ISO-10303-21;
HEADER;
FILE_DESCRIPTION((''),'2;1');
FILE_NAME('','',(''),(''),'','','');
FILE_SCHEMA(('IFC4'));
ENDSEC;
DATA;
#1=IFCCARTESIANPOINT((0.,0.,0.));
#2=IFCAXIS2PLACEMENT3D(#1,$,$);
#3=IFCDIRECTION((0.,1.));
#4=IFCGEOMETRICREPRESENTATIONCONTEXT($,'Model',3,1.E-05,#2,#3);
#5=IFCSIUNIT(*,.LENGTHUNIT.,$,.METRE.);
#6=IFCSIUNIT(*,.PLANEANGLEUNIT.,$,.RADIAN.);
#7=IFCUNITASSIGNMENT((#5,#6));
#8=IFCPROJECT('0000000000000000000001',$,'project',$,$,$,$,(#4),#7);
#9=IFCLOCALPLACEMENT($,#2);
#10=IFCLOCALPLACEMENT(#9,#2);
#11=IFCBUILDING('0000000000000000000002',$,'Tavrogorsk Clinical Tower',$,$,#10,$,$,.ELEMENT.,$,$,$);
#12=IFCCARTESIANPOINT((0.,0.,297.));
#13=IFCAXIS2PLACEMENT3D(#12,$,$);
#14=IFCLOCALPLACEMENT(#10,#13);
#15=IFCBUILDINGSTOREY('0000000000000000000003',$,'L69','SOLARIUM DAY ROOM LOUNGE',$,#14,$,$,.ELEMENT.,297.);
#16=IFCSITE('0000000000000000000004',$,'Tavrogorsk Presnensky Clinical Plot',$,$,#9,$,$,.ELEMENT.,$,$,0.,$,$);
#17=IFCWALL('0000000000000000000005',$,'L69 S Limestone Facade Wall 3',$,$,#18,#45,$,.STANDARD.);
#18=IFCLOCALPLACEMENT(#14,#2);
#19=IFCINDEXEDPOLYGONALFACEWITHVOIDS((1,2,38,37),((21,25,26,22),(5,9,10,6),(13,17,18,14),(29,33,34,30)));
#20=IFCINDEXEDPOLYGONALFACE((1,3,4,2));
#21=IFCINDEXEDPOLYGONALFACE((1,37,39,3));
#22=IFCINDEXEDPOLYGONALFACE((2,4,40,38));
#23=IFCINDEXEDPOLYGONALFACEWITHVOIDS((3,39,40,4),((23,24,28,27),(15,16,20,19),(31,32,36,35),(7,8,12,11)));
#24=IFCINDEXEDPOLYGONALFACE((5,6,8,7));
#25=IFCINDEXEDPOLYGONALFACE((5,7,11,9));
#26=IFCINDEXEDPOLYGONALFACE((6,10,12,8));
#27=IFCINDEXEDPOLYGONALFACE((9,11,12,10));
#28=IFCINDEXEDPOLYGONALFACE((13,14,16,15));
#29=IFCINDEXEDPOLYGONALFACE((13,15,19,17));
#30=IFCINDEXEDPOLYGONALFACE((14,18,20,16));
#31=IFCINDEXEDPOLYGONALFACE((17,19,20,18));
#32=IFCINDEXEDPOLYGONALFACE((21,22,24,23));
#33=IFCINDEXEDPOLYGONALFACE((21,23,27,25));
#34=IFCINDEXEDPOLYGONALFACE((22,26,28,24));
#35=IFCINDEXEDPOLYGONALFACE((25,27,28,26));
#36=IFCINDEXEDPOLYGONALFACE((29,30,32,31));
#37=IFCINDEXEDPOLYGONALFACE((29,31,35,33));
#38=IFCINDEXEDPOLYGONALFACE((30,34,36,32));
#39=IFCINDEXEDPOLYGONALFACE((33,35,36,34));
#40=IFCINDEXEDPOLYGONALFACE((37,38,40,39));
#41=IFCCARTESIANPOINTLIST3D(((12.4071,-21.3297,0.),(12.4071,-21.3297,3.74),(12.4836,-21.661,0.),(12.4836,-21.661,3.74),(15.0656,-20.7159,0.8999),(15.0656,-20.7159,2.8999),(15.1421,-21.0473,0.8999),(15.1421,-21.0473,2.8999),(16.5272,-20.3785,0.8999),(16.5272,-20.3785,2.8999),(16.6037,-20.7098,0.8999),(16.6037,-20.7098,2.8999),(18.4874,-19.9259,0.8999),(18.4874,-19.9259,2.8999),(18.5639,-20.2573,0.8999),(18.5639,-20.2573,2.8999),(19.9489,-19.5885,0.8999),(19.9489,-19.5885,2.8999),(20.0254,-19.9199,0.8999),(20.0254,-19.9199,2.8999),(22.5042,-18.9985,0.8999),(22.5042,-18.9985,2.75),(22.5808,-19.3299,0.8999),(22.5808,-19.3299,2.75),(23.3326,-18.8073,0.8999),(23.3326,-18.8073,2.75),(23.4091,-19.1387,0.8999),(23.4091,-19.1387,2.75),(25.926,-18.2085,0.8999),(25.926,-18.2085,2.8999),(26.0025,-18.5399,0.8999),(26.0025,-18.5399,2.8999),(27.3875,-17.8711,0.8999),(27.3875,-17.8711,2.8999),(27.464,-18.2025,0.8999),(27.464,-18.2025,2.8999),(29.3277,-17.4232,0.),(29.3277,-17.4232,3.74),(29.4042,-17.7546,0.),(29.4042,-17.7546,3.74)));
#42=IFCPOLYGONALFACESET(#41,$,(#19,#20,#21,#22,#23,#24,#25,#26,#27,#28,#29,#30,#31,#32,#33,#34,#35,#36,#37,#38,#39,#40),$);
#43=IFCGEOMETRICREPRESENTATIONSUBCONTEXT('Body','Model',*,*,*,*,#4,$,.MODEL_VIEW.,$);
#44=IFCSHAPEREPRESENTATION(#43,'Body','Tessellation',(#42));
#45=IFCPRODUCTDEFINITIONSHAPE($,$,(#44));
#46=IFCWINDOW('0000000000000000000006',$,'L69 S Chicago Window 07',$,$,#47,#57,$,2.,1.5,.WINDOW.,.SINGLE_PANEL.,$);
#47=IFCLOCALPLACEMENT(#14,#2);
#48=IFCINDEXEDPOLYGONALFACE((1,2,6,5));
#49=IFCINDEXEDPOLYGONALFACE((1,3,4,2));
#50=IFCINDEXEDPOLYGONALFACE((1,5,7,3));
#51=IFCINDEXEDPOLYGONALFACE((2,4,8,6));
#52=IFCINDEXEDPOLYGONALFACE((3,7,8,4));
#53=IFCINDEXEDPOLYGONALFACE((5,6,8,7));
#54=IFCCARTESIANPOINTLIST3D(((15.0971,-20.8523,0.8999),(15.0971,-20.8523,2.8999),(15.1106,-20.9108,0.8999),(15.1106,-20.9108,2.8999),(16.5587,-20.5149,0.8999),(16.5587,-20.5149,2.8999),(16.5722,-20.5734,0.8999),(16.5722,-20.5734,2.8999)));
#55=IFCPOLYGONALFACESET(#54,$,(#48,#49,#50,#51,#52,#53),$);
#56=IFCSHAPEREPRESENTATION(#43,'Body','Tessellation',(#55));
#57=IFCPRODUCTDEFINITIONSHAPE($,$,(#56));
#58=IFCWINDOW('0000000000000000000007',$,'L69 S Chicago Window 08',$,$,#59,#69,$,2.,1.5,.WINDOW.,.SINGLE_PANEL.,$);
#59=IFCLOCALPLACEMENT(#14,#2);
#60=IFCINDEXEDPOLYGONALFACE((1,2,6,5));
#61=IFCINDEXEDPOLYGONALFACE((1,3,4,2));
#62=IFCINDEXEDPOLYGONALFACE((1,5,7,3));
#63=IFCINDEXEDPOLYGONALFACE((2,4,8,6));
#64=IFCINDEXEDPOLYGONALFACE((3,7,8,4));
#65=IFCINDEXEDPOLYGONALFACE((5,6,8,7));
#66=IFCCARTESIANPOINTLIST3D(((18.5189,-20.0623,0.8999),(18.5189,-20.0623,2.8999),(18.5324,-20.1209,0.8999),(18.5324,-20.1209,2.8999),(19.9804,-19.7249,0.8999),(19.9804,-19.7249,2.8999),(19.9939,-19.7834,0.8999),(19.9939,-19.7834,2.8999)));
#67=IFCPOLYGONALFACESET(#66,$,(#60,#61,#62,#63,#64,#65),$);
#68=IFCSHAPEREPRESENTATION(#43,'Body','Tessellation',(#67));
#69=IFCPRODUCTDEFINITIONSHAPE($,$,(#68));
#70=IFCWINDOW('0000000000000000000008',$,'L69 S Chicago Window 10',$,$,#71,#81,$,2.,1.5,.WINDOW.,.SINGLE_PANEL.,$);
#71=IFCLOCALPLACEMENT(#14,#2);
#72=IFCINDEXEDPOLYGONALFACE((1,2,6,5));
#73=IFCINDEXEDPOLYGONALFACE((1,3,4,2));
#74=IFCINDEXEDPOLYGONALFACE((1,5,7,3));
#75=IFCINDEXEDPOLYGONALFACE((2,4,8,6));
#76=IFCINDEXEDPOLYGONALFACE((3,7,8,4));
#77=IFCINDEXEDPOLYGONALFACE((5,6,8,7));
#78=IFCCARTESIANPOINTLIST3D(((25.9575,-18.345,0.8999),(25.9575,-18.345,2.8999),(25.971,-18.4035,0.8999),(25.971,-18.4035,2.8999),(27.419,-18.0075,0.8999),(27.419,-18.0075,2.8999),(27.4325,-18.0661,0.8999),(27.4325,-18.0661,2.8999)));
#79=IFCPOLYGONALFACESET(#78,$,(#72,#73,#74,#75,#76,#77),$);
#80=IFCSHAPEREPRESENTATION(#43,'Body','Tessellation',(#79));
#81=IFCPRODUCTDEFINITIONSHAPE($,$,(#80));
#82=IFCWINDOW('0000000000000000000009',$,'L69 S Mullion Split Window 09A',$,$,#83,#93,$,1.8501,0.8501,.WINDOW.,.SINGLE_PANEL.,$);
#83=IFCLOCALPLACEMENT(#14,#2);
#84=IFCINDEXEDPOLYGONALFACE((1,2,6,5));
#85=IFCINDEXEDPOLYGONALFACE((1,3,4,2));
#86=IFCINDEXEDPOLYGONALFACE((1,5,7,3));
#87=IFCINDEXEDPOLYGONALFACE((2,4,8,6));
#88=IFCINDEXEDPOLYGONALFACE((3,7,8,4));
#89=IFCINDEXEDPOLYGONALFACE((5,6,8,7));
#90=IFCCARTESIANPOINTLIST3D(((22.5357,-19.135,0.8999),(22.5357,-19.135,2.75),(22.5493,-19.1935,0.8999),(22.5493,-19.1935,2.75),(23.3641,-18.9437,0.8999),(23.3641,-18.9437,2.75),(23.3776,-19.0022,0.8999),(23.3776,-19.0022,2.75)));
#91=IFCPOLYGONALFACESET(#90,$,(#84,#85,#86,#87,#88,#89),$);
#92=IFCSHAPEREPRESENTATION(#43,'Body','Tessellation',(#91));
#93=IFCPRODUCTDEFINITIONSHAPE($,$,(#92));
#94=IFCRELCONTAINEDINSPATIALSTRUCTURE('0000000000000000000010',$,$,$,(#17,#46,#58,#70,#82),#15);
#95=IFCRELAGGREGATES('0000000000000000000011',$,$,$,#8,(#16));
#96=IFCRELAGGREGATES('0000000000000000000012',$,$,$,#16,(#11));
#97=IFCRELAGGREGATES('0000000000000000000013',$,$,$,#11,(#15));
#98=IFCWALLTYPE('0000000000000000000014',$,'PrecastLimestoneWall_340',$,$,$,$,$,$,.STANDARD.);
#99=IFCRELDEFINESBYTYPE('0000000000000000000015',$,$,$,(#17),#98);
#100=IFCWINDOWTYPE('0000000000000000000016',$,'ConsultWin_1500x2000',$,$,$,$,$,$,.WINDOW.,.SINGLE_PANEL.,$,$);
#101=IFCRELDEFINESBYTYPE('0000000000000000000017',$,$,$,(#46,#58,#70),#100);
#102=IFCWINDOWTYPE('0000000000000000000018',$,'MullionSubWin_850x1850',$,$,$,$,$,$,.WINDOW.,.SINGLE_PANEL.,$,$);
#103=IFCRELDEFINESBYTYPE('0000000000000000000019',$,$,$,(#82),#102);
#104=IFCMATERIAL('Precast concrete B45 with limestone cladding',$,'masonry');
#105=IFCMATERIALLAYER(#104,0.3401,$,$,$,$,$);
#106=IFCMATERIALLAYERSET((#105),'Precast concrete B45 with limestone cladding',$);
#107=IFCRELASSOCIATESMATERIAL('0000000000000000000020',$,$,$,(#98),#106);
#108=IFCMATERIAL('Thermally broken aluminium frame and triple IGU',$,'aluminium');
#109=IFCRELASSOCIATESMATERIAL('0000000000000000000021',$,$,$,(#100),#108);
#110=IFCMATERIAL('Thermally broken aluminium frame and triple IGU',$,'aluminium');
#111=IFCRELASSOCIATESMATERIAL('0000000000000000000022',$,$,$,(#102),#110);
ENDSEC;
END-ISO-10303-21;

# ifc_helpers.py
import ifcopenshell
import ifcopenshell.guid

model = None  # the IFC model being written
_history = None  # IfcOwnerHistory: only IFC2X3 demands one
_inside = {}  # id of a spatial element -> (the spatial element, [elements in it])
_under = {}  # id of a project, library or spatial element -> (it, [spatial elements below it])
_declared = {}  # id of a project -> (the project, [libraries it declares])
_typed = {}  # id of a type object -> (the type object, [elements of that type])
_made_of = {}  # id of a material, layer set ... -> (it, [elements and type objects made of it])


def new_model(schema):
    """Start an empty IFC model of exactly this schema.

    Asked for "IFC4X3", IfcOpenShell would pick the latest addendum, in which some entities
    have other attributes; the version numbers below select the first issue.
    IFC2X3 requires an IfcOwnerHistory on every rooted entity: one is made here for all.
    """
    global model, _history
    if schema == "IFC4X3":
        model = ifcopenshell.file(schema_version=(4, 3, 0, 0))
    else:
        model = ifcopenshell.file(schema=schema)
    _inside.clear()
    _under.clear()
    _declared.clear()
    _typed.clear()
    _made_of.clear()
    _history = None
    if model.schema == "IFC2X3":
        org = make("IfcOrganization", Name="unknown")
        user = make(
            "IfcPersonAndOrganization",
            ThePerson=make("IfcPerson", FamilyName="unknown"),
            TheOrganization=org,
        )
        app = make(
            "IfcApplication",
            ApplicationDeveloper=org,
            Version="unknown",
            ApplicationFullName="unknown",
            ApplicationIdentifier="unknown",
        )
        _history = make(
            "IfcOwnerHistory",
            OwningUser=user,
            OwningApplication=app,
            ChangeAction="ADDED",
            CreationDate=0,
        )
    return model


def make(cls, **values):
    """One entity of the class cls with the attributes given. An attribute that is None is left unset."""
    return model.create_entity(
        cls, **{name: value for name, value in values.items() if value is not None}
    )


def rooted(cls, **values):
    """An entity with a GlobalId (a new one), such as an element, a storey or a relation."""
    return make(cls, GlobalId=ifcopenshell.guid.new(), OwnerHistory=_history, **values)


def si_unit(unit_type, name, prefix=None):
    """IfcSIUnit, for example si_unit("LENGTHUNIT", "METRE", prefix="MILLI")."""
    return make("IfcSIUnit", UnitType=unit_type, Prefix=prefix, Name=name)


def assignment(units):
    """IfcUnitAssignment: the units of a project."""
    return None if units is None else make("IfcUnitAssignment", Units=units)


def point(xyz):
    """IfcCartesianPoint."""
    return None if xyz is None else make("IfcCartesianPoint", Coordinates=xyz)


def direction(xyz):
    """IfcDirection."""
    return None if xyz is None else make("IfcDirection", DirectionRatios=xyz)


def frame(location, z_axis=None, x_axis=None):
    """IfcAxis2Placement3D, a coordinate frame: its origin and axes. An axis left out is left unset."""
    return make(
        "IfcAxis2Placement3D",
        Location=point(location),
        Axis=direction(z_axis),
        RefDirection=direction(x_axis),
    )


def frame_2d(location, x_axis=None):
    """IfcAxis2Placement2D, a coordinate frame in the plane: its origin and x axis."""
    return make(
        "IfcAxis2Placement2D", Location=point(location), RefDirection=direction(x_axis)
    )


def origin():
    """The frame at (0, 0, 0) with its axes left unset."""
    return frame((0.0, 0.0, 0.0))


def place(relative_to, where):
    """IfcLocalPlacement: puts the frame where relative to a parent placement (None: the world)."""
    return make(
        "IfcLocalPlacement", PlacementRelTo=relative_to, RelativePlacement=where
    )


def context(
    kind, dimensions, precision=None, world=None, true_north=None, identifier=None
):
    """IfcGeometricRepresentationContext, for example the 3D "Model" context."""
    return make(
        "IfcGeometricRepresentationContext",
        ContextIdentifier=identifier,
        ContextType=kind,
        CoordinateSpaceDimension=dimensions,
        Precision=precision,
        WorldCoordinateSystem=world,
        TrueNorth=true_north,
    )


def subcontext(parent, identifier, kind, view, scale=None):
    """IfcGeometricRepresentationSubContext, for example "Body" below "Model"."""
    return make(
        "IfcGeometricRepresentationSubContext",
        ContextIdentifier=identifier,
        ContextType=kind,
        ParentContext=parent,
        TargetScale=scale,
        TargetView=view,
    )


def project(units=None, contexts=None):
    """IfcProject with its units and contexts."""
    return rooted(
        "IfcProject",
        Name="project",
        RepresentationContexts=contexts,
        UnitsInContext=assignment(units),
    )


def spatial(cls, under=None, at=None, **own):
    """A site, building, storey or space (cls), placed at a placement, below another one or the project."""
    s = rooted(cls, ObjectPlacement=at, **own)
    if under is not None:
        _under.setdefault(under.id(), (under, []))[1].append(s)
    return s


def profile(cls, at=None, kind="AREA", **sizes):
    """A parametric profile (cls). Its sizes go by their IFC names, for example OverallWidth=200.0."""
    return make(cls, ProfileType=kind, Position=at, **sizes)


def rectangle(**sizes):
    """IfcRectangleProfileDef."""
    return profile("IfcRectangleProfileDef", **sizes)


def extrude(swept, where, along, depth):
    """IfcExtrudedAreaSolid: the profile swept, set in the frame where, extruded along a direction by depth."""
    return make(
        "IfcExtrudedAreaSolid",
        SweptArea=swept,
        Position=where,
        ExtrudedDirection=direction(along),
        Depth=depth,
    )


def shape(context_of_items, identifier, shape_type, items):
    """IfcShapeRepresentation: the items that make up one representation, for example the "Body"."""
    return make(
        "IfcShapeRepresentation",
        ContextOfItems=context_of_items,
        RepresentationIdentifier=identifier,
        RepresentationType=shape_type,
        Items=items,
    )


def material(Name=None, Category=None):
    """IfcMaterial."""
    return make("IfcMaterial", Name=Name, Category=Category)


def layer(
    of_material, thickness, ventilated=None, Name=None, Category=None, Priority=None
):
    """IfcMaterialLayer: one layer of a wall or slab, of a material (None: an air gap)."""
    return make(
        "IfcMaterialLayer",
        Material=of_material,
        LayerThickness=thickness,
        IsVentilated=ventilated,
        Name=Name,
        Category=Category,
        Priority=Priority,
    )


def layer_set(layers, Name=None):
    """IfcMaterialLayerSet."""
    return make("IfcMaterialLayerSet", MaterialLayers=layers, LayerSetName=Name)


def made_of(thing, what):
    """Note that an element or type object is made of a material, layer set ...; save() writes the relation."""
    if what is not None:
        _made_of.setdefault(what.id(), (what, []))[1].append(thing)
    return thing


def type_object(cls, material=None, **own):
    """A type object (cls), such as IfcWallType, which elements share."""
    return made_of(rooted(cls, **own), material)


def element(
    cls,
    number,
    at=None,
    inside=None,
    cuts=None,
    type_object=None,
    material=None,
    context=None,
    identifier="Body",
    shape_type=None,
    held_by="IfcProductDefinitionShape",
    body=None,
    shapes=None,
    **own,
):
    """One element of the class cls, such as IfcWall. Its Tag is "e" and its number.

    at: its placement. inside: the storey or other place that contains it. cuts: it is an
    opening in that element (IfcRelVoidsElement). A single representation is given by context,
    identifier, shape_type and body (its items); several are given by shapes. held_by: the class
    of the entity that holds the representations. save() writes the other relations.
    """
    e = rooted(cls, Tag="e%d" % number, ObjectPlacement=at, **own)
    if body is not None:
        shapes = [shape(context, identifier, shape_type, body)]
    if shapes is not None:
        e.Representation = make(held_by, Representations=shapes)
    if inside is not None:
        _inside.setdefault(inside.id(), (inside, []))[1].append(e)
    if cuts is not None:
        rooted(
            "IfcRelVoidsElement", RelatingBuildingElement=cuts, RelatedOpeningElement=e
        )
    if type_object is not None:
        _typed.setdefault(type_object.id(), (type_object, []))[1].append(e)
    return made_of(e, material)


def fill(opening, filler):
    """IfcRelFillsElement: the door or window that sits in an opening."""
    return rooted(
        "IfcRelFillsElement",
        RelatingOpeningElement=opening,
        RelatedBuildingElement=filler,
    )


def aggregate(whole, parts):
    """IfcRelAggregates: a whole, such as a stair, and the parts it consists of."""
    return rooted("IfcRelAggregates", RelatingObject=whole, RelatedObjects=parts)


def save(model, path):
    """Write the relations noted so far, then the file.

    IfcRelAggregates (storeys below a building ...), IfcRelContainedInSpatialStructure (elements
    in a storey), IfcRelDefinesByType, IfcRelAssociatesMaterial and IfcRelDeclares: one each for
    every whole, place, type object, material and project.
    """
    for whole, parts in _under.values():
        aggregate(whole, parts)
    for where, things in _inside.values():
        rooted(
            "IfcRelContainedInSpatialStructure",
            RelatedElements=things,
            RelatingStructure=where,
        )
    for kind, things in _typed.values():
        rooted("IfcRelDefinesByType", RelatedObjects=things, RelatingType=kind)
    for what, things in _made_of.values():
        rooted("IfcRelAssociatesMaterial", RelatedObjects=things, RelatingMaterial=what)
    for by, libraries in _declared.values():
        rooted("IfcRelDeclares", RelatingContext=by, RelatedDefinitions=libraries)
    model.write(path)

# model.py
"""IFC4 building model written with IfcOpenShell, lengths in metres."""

from ifc_helpers import new_model, si_unit, direction, frame, frame_2d, origin, place, context, subcontext, project, spatial, rectangle, extrude, material, layer, layer_set, type_object, element, fill, save


model = new_model("IFC4")

# Units and contexts
model_context = context("Model", 3, precision=1e-05, world=origin(), true_north=direction((0.0, 1.0)))
body_context = subcontext(model_context, "Body", "Model", "MODEL_VIEW")
ifc_project = project(units=[si_unit("LENGTHUNIT", "METRE"), si_unit("PLANEANGLEUNIT", "RADIAN")], contexts=[model_context])

# Site, building, storey
site_placement = place(None, origin())
site = spatial("IfcSite", under=ifc_project, at=site_placement, Name="Tavrogorsk Presnensky Clinical Plot", CompositionType="ELEMENT", RefElevation=0.0)
building_placement = place(site_placement, origin())
building = spatial("IfcBuilding", under=site, at=building_placement, Name="Tavrogorsk Clinical Tower", CompositionType="ELEMENT")
storey_placement = place(building_placement, frame((0.0, 0.0, 297.0)))
storey = spatial("IfcBuildingStorey", under=building, at=storey_placement, Name="L69", Description="SOLARIUM DAY ROOM LOUNGE", CompositionType="ELEMENT", Elevation=297.0)

# Wall, openings, windows
ifc_material_1 = material(Name="Precast concrete B45 with limestone cladding", Category="masonry")
ifc_layer_1 = layer(ifc_material_1, 0.3401)
ifc_layer_set_1 = layer_set([ifc_layer_1], Name="Precast concrete B45 with limestone cladding")
wall_type_1 = type_object("IfcWallType", Name="PrecastLimestoneWall_340", PredefinedType="STANDARD", material=ifc_layer_set_1)
ifc_material_2 = material(Name="Thermally broken aluminium frame and triple IGU", Category="aluminium")
window_type_1 = type_object("IfcWindowType", Name="ConsultWin_1500x2000", PartitioningType="SINGLE_PANEL", PredefinedType="WINDOW", material=ifc_material_2)
wall_1_placement = place(storey_placement, frame((12.4453, -21.4954, 0.0), z_axis=(0.0, 0.0, 1.0), x_axis=(0.974369, 0.224954, 0.0)))
wall_1 = element("IfcWall", 1, at=wall_1_placement, inside=storey, type_object=wall_type_1, Name="L69 S Limestone Facade Wall 3", PredefinedType="STANDARD", context=body_context, shape_type="SweptSolid", body=[
    extrude(rectangle(XDim=17.3657, YDim=0.3401, at=frame_2d((8.6829, 0.0))), origin(), (0.0, 0.0, 1.0), 3.74),
])
opening_1_placement = place(wall_1_placement, frame((2.7285, 0.0, 0.8999)))
opening_1 = element("IfcOpeningElement", 2, at=opening_1_placement, cuts=wall_1, PredefinedType="OPENING", context=body_context, shape_type="SweptSolid", body=[
    extrude(rectangle(XDim=1.5, YDim=2.0, at=frame_2d((0.75, 1.0))), frame((0.0, 0.1799, 0.0), z_axis=(0.0, -1.0, 0.0), x_axis=(1.0, 0.0, 0.0)), (0.0, 0.0, 1.0), 0.3601),
])
opening_2_placement = place(wall_1_placement, frame((6.2402, 0.0, 0.8999)))
opening_2 = element("IfcOpeningElement", 3, at=opening_2_placement, cuts=wall_1, PredefinedType="OPENING", context=body_context, shape_type="SweptSolid", body=[
    extrude(rectangle(XDim=1.5, YDim=2.0, at=frame_2d((0.75, 1.0))), frame((0.0, 0.1799, 0.0), z_axis=(0.0, -1.0, 0.0), x_axis=(1.0, 0.0, 0.0)), (0.0, 0.0, 1.0), 0.3601),
])
opening_3_placement = place(wall_1_placement, frame((10.3628, 0.0, 0.8999)))
opening_3 = element("IfcOpeningElement", 4, at=opening_3_placement, cuts=wall_1, PredefinedType="OPENING", context=body_context, shape_type="SweptSolid", body=[
    extrude(rectangle(XDim=0.8501, YDim=1.8501, at=frame_2d((0.425, 0.925))), frame((0.0, 0.1799, 0.0), z_axis=(0.0, -1.0, 0.0), x_axis=(1.0, 0.0, 0.0)), (0.0, 0.0, 1.0), 0.3601),
])
opening_4_placement = place(wall_1_placement, frame((13.8745, 0.0, 0.8999)))
opening_4 = element("IfcOpeningElement", 5, at=opening_4_placement, cuts=wall_1, PredefinedType="OPENING", context=body_context, shape_type="SweptSolid", body=[
    extrude(rectangle(XDim=1.5, YDim=2.0, at=frame_2d((0.75, 1.0))), frame((0.0, 0.1799, 0.0), z_axis=(0.0, -1.0, 0.0), x_axis=(1.0, 0.0, 0.0)), (0.0, 0.0, 1.0), 0.3601),
])
window_1_placement = place(opening_1_placement, origin())
window_1 = element("IfcWindow", 6, at=window_1_placement, inside=storey, type_object=window_type_1, Name="L69 S Chicago Window 07", OverallHeight=2.0, OverallWidth=1.5, PartitioningType="SINGLE_PANEL", PredefinedType="WINDOW", context=body_context, shape_type="SweptSolid", body=[
    extrude(rectangle(XDim=1.5, YDim=2.0, at=frame_2d((0.75, 1.0))), frame((0.0, 0.03, 0.0), z_axis=(0.0, -1.0, 0.0), x_axis=(1.0, 0.0, 0.0)), (0.0, 0.0, 1.0), 0.0601),
])
fill(opening_1, window_1)
window_2_placement = place(opening_2_placement, origin())
window_2 = element("IfcWindow", 7, at=window_2_placement, inside=storey, type_object=window_type_1, Name="L69 S Chicago Window 08", OverallHeight=2.0, OverallWidth=1.5, PartitioningType="SINGLE_PANEL", PredefinedType="WINDOW", context=body_context, shape_type="SweptSolid", body=[
    extrude(rectangle(XDim=1.5, YDim=2.0, at=frame_2d((0.75, 1.0))), frame((0.0, 0.03, 0.0), z_axis=(0.0, -1.0, 0.0), x_axis=(1.0, 0.0, 0.0)), (0.0, 0.0, 1.0), 0.0601),
])
fill(opening_2, window_2)
window_3_placement = place(opening_4_placement, origin())
window_3 = element("IfcWindow", 8, at=window_3_placement, inside=storey, type_object=window_type_1, Name="L69 S Chicago Window 10", OverallHeight=2.0, OverallWidth=1.5, PartitioningType="SINGLE_PANEL", PredefinedType="WINDOW", context=body_context, shape_type="SweptSolid", body=[
    extrude(rectangle(XDim=1.5, YDim=2.0, at=frame_2d((0.75, 1.0))), frame((0.0, 0.03, 0.0), z_axis=(0.0, -1.0, 0.0), x_axis=(1.0, 0.0, 0.0)), (0.0, 0.0, 1.0), 0.0601),
])
fill(opening_4, window_3)
ifc_material_3 = material(Name="Thermally broken aluminium frame and triple IGU", Category="aluminium")
window_type_2 = type_object("IfcWindowType", Name="MullionSubWin_850x1850", PartitioningType="SINGLE_PANEL", PredefinedType="WINDOW", material=ifc_material_3)
window_4_placement = place(opening_3_placement, origin())
window_4 = element("IfcWindow", 9, at=window_4_placement, inside=storey, type_object=window_type_2, Name="L69 S Mullion Split Window 09A", OverallHeight=1.8501, OverallWidth=0.8501, PartitioningType="SINGLE_PANEL", PredefinedType="WINDOW", context=body_context, shape_type="SweptSolid", body=[
    extrude(rectangle(XDim=0.8501, YDim=1.8501, at=frame_2d((0.425, 0.925))), frame((0.0, 0.03, 0.0), z_axis=(0.0, -1.0, 0.0), x_axis=(1.0, 0.0, 0.0)), (0.0, 0.0, 1.0), 0.0601),
])
fill(opening_3, window_4)

save(model, "model.ifc")
